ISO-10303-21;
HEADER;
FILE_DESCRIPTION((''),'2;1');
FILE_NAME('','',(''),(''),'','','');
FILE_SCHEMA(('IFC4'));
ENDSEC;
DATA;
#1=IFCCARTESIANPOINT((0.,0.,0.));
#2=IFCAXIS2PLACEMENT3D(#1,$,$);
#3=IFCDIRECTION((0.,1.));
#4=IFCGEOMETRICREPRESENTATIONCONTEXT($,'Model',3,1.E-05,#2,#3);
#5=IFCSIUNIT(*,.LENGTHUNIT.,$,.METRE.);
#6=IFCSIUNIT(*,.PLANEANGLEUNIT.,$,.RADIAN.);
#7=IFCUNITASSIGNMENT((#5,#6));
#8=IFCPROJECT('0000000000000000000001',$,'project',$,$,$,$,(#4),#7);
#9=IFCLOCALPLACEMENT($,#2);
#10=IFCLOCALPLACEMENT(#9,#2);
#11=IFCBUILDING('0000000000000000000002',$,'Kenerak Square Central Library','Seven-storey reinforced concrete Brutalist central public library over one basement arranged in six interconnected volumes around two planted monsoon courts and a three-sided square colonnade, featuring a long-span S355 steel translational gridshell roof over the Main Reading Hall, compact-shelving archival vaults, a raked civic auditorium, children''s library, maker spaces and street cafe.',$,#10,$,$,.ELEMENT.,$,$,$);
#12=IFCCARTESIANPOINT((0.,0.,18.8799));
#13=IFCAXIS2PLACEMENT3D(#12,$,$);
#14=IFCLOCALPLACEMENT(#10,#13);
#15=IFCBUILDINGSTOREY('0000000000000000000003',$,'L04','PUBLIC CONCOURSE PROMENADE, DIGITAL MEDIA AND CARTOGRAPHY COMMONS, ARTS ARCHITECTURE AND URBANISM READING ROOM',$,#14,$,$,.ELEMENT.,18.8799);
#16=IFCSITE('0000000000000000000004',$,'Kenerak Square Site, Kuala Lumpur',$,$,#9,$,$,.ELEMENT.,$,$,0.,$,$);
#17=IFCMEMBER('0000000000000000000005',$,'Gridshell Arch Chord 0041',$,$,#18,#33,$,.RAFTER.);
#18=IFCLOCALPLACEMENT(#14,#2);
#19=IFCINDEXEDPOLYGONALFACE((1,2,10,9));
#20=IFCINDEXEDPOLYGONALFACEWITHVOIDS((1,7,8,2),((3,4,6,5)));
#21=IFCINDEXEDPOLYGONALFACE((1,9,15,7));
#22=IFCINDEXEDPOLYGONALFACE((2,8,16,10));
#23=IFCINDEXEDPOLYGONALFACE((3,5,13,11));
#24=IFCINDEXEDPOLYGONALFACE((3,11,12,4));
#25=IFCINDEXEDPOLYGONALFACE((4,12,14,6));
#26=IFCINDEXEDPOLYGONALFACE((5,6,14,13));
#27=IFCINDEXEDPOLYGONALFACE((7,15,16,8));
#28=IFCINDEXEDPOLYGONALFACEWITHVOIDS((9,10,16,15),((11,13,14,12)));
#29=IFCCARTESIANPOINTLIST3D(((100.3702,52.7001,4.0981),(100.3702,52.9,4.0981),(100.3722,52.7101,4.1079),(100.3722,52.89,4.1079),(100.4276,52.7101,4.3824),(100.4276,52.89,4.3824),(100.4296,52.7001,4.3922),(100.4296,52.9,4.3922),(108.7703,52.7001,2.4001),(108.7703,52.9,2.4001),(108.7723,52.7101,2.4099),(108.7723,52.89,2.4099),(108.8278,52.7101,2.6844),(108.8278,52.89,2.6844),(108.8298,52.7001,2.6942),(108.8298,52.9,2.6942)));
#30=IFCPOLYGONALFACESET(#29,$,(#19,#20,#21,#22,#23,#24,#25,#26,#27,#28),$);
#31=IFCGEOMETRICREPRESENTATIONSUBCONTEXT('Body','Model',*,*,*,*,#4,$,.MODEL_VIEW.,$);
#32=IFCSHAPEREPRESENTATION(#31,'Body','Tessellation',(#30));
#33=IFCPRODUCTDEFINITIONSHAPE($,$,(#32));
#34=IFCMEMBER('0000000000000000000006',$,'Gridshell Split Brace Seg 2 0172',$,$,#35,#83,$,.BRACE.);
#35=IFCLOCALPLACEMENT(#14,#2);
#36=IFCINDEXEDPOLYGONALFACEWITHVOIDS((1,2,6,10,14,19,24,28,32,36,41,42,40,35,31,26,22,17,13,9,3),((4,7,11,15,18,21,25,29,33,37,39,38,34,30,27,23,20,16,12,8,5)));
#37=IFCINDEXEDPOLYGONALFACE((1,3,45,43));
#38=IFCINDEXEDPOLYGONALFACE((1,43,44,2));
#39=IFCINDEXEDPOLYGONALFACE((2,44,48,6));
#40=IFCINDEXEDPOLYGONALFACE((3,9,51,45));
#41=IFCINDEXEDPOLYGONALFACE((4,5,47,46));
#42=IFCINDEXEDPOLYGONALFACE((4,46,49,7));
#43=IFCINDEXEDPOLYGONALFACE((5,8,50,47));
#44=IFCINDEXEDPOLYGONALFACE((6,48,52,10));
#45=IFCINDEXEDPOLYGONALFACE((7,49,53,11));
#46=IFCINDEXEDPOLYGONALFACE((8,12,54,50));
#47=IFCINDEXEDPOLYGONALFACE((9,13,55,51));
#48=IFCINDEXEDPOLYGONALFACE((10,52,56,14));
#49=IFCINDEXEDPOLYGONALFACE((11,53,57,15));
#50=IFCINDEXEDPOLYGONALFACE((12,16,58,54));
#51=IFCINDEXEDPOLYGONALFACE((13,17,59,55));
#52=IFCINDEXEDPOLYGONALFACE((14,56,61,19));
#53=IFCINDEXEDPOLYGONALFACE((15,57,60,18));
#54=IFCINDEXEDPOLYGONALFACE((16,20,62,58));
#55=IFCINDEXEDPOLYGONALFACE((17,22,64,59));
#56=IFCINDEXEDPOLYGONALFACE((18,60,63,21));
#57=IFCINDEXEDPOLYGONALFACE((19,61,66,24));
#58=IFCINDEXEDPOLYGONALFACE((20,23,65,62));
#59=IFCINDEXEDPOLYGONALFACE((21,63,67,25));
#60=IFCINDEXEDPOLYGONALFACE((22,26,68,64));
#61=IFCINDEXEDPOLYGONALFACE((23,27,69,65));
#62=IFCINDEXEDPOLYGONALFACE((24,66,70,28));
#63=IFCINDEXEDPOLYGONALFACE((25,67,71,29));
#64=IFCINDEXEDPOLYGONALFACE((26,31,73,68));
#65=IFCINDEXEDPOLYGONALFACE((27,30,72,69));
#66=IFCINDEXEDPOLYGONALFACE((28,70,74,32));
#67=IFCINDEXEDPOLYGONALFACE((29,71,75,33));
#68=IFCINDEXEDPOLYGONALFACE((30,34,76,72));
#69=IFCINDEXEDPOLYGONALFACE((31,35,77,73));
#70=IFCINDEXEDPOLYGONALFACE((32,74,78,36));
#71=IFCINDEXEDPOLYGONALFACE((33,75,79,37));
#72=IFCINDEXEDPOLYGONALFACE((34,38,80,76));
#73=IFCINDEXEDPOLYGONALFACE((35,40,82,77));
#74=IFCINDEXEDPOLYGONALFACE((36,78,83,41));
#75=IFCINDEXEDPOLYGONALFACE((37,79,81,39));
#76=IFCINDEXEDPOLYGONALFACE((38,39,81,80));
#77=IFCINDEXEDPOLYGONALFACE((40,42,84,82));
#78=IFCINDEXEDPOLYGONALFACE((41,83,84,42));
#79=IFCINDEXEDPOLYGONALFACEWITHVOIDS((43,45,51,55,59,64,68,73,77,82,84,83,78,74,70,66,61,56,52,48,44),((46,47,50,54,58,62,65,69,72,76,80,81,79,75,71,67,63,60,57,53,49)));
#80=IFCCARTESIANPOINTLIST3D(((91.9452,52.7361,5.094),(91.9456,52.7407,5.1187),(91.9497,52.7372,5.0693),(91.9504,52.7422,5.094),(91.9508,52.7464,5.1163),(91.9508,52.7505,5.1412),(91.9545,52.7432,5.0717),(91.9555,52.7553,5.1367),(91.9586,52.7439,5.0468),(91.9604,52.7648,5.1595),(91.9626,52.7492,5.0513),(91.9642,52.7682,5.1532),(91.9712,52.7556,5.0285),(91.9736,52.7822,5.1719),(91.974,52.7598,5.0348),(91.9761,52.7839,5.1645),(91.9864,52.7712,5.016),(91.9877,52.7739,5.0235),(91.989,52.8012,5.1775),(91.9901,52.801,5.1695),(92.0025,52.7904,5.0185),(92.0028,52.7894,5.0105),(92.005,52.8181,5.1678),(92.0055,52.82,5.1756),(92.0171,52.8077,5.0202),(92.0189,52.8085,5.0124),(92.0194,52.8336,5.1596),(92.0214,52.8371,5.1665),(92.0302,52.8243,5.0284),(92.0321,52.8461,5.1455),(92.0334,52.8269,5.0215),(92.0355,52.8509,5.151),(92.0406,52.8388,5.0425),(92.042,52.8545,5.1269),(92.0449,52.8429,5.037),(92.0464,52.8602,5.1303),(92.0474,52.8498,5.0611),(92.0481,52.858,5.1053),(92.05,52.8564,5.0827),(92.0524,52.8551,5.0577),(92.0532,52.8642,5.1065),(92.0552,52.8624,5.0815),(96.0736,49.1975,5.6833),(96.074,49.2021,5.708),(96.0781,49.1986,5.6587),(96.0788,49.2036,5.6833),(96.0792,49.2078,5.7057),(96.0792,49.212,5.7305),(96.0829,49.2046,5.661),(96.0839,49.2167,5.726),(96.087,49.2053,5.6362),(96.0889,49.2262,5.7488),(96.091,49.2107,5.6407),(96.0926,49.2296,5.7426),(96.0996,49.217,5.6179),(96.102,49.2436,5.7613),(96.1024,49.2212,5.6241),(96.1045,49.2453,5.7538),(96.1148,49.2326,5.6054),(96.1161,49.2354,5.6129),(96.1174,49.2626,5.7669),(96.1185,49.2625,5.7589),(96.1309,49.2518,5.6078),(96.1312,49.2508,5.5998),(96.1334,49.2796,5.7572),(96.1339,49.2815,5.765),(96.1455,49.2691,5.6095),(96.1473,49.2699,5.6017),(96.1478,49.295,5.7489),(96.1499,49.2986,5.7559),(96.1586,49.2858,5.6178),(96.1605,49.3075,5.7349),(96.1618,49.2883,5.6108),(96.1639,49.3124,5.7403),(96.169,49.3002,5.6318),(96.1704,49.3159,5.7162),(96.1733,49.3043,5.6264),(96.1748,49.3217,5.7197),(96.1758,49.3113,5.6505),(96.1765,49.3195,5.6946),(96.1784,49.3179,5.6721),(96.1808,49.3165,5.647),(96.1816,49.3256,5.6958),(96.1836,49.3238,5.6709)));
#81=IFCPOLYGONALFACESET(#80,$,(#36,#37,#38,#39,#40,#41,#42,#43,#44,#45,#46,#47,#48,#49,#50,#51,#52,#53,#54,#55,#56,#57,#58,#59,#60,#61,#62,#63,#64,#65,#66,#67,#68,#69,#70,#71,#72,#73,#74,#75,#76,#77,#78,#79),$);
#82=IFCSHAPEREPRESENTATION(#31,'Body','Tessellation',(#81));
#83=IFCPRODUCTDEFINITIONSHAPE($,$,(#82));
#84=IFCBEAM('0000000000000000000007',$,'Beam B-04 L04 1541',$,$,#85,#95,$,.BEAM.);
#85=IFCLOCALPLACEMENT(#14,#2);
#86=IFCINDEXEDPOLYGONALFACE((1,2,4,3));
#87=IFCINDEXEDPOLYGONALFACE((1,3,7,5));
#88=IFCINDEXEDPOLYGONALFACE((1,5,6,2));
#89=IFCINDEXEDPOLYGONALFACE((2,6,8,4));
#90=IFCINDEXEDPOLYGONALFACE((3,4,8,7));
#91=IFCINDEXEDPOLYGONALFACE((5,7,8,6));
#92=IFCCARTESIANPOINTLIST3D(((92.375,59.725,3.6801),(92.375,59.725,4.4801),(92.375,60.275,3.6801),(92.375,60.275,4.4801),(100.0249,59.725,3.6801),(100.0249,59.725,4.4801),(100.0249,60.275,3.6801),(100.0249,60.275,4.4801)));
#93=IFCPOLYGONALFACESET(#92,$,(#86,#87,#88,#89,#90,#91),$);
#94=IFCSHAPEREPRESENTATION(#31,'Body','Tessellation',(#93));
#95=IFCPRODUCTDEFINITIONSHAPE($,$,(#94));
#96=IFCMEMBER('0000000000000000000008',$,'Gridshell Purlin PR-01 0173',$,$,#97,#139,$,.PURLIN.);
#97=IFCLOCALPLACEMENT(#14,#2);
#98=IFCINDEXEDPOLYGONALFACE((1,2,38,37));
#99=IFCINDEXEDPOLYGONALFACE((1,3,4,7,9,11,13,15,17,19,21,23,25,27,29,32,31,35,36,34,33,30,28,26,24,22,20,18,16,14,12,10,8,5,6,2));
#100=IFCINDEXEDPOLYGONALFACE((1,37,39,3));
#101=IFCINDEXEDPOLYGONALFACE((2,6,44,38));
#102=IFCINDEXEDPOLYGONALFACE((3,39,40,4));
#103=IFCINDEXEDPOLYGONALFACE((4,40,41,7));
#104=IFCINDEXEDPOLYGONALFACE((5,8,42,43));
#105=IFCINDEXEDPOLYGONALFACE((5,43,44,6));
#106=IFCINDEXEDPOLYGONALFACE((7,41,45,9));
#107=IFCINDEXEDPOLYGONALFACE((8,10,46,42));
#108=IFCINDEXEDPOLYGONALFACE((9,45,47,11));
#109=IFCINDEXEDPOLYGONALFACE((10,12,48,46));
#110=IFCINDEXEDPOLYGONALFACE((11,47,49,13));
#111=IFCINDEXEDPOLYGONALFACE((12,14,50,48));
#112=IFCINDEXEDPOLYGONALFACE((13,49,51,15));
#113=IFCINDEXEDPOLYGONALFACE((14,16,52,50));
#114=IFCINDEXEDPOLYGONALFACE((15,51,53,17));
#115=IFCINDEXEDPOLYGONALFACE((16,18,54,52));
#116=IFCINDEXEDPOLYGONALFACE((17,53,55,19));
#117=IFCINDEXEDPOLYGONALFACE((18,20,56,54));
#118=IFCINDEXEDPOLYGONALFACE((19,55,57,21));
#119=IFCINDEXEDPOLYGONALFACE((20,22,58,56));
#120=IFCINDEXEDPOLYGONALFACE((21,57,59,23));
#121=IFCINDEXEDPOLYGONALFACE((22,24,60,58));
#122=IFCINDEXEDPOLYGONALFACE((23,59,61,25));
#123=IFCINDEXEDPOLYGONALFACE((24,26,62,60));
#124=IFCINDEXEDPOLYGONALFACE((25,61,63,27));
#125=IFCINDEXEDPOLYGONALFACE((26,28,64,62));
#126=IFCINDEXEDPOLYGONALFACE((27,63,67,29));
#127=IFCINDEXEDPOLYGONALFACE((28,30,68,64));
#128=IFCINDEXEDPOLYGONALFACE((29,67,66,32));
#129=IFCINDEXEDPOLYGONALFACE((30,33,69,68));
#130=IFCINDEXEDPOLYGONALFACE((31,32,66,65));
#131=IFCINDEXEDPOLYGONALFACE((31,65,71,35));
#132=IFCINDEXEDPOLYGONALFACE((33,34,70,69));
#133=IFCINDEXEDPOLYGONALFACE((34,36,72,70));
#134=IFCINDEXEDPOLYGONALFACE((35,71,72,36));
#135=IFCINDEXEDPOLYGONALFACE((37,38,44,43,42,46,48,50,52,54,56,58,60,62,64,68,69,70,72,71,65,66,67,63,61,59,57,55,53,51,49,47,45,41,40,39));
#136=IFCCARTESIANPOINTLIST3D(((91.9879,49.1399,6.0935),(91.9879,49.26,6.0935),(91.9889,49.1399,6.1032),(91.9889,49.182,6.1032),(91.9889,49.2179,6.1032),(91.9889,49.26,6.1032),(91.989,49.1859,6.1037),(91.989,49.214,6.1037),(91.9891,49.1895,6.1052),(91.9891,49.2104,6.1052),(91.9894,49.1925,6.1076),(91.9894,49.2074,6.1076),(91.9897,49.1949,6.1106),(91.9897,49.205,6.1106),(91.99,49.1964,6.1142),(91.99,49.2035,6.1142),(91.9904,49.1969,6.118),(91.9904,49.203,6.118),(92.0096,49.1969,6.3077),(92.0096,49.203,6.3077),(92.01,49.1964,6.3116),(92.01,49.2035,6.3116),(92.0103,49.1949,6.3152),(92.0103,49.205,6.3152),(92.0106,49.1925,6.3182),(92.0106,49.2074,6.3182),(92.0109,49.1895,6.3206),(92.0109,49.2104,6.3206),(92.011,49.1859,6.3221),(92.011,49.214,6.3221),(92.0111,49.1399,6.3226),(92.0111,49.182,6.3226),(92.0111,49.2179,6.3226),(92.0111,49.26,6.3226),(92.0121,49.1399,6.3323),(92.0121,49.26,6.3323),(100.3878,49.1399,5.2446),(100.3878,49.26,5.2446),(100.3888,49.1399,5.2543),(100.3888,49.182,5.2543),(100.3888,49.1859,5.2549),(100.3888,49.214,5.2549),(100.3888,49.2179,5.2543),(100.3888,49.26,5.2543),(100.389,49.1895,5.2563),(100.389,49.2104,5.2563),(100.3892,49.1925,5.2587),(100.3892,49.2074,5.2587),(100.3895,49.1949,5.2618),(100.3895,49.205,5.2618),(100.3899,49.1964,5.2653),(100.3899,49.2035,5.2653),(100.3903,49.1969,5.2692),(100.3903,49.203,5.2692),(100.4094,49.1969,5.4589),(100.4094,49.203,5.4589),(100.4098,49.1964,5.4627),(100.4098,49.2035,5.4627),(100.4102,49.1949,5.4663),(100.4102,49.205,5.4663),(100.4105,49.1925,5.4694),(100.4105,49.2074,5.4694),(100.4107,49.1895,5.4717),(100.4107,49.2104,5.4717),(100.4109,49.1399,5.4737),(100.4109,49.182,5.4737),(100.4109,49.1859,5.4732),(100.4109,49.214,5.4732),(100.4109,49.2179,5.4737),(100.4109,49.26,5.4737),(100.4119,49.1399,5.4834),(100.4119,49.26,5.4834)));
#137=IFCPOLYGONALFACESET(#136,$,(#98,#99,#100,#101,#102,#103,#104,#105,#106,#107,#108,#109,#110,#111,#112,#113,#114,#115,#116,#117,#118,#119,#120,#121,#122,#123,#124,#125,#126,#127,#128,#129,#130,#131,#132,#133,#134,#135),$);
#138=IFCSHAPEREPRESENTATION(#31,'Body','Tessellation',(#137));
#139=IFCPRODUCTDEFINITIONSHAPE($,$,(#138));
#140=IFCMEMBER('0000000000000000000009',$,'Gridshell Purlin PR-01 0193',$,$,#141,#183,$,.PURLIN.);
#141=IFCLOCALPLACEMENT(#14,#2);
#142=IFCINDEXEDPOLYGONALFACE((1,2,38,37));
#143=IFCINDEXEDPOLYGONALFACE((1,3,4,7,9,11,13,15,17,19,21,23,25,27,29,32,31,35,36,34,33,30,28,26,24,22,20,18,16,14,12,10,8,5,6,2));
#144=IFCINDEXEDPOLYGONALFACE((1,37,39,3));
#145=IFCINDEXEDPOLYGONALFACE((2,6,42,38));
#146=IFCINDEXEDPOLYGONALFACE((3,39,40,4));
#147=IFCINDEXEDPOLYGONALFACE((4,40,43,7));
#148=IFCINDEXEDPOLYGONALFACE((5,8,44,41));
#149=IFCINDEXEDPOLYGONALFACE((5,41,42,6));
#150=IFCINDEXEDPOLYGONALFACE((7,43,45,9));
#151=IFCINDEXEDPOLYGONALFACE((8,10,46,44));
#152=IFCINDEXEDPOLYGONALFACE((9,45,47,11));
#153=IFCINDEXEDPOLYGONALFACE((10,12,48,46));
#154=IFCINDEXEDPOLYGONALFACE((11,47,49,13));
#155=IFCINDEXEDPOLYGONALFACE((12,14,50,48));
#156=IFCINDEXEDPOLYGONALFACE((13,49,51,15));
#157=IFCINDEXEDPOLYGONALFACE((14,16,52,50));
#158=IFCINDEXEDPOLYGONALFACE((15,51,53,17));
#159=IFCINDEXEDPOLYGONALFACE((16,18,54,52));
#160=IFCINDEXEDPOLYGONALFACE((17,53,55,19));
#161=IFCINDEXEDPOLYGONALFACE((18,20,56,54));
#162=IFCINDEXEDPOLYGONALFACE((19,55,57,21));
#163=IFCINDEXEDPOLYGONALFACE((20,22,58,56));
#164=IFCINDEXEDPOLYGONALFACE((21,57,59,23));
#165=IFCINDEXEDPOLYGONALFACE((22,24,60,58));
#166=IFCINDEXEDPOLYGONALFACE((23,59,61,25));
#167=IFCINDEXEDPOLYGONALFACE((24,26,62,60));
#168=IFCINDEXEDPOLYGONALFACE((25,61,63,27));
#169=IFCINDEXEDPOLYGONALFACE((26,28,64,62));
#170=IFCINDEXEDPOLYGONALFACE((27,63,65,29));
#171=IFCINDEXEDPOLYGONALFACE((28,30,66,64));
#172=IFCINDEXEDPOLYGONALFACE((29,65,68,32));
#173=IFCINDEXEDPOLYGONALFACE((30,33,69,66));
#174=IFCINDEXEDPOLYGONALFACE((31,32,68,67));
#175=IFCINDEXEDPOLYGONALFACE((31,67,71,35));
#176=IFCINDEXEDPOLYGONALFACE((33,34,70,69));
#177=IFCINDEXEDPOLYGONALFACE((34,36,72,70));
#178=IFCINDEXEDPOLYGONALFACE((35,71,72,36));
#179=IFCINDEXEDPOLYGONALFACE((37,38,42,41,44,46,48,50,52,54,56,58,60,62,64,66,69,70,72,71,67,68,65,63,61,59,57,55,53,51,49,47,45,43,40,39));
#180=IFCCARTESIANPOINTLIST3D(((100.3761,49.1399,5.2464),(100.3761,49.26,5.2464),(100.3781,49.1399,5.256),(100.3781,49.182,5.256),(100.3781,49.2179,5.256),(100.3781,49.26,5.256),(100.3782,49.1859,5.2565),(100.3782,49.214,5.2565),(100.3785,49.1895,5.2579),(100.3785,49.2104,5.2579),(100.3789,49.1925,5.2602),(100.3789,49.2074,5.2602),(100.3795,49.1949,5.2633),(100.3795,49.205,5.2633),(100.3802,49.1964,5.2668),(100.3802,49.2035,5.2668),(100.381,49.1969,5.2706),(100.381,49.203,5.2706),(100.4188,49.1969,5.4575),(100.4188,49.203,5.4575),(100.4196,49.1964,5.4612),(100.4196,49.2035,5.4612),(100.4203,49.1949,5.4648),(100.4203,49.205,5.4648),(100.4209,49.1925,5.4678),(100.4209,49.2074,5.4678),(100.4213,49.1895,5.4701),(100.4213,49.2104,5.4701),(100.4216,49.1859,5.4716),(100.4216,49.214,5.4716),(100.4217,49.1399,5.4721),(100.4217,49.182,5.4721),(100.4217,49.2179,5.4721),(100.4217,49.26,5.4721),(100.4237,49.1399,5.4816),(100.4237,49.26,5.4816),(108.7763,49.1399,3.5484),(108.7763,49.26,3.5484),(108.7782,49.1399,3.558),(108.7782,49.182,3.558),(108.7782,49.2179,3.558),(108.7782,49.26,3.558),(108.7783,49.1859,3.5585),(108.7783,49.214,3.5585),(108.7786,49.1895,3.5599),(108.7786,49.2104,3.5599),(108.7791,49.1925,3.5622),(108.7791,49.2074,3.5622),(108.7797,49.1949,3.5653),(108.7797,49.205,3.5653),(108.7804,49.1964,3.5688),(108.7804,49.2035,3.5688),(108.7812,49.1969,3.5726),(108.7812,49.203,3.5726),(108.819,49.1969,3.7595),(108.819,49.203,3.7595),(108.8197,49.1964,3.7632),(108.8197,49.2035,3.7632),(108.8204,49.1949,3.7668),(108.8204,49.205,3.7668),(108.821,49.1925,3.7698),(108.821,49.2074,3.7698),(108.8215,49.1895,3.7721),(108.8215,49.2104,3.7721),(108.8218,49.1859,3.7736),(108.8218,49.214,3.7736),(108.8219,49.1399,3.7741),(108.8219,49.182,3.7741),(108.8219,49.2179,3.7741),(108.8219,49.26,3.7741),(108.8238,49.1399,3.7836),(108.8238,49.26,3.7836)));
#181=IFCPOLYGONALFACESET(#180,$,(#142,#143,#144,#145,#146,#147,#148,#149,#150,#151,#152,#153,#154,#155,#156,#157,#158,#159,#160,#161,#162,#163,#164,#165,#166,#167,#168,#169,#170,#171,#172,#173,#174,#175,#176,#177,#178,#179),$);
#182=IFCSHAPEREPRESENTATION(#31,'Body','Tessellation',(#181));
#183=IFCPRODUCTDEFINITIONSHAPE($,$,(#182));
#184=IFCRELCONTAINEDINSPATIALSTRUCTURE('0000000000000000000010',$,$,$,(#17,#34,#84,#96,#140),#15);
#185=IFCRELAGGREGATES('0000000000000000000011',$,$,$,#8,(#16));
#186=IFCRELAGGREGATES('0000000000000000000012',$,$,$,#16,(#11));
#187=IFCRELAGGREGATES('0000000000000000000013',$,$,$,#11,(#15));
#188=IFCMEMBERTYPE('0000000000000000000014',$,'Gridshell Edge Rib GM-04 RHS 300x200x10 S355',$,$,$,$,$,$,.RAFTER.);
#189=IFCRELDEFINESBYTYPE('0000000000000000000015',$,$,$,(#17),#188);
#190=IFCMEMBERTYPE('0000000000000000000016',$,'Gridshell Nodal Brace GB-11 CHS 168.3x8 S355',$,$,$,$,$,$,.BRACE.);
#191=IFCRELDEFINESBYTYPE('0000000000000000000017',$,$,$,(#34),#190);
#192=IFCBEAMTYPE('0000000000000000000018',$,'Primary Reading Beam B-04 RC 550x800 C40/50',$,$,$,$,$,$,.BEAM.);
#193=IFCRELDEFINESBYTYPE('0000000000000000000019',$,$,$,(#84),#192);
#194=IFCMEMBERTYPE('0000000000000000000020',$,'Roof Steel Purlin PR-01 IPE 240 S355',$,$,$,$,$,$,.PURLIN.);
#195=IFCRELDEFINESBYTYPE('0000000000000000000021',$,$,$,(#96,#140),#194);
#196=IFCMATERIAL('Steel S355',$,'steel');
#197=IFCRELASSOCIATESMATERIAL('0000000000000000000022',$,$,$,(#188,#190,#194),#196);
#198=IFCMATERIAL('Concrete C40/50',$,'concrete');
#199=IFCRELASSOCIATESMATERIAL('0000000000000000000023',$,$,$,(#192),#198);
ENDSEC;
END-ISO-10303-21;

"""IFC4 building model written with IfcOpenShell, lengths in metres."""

from ifc_helpers import new_model, si_unit, direction, frame, origin, origin_2d, place, context, subcontext, project, spatial, rectangle, hollow_rectangle, hollow_circle, i_section, extrude, material, material_profile, profile_set, type_object, element, save


model = new_model("IFC4")

# Units and contexts
model_context = context("Model", 3, precision=1e-05, world=origin(), true_north=direction((0.0, 1.0)))
body_context = subcontext(model_context, "Body", "Model", "MODEL_VIEW")
ifc_project = project(units=[si_unit("LENGTHUNIT", "METRE"), si_unit("PLANEANGLEUNIT", "RADIAN")], contexts=[model_context])

# Site, building, storey
site_placement = place(None, origin())
site = spatial("IfcSite", under=ifc_project, at=site_placement, Name="Kenerak Square Site, Kuala Lumpur", CompositionType="ELEMENT", RefElevation=0.0)
building_placement = place(site_placement, origin())
building = spatial("IfcBuilding", under=site, at=building_placement, Name="Kenerak Square Central Library", Description="Seven-storey reinforced concrete Brutalist central public library over one basement arranged in six interconnected volumes around two planted monsoon courts and a three-sided square colonnade, featuring a long-span S355 steel translational gridshell roof over the Main Reading Hall, compact-shelving archival vaults, a raked civic auditorium, children's library, maker spaces and street cafe.", CompositionType="ELEMENT")
storey_placement = place(building_placement, frame((0.0, 0.0, 18.8799)))
storey = spatial("IfcBuildingStorey", under=building, at=storey_placement, Name="L04", Description="PUBLIC CONCOURSE PROMENADE, DIGITAL MEDIA AND CARTOGRAPHY COMMONS, ARTS ARCHITECTURE AND URBANISM READING ROOM", CompositionType="ELEMENT", Elevation=18.8799)

# Shared definitions
ifc_material_1 = material(Name="Concrete C40/50", Category="concrete")

# Members
ifc_material_2 = material(Name="Steel S355", Category="steel")
ifc_material_profile_1 = material_profile(ifc_material_2, hollow_rectangle(XDim=0.2, YDim=0.3, WallThickness=0.01, at=origin_2d()), Name="RHS 300x200x10.0")
ifc_profile_set_1 = profile_set([ifc_material_profile_1], Name="Steel S355")
member_type_1 = type_object("IfcMemberType", Name="Gridshell Edge Rib GM-04 RHS 300x200x10 S355", PredefinedType="RAFTER", material=ifc_profile_set_1)
member_1_placement = place(storey_placement, frame((100.3999, 52.8, 4.2451), z_axis=(0.980175, 0.0, -0.198132), x_axis=(0.0, 1.0, 0.0)))
element("IfcMember", 1, at=member_1_placement, inside=storey, type_object=member_type_1, Name="Gridshell Arch Chord 0041", PredefinedType="RAFTER", context=body_context, shape_type="SweptSolid", body=[
    extrude(hollow_rectangle(XDim=0.2, YDim=0.3, WallThickness=0.01, at=origin_2d()), origin(), (0.0, 0.0, 1.0), 8.5701),
])
ifc_material_profile_2 = material_profile(ifc_material_2, hollow_circle(Radius=0.0842, WallThickness=0.0081, at=origin_2d()), Name="CHS 168.3x8.0")
ifc_profile_set_2 = profile_set([ifc_material_profile_2], Name="Steel S355")
member_type_2 = type_object("IfcMemberType", Name="Gridshell Nodal Brace GB-11 CHS 168.3x8 S355", PredefinedType="BRACE", material=ifc_profile_set_2)
member_2_placement = place(storey_placement, frame((96.1284, 49.2615, 5.6833), z_axis=(-0.754842, 0.646995, -0.107758), x_axis=(-0.650784, -0.759263, 0.0)))
element("IfcMember", 2, at=member_2_placement, inside=storey, type_object=member_type_2, Name="Gridshell Split Brace Seg 2 0172", PredefinedType="BRACE", context=body_context, shape_type="SweptSolid", body=[
    extrude(hollow_circle(Radius=0.0842, WallThickness=0.0081, at=origin_2d()), origin(), (0.0, 0.0, 1.0), 5.4692),
])

# Beam
ifc_material_profile_3 = material_profile(ifc_material_1, rectangle(XDim=0.55, YDim=0.8, at=origin_2d()), Name="RC 550x800")
ifc_profile_set_3 = profile_set([ifc_material_profile_3], Name="Concrete C40/50")
beam_type_1 = type_object("IfcBeamType", Name="Primary Reading Beam B-04 RC 550x800 C40/50", PredefinedType="BEAM", material=ifc_profile_set_3)
beam_1_placement = place(storey_placement, frame((92.375, 60.0, 4.0801), z_axis=(1.0, 0.0, 0.0), x_axis=(0.0, 1.0, 0.0)))
element("IfcBeam", 3, at=beam_1_placement, inside=storey, type_object=beam_type_1, Name="Beam B-04 L04 1541", PredefinedType="BEAM", context=body_context, shape_type="SweptSolid", body=[
    extrude(rectangle(XDim=0.55, YDim=0.8, at=origin_2d()), origin(), (0.0, 0.0, 1.0), 7.6499),
])

# Members
ifc_material_profile_4 = material_profile(ifc_material_2, i_section(OverallWidth=0.1201, OverallDepth=0.24, WebThickness=0.0061, FlangeThickness=0.0098, FilletRadius=0.0149, at=origin_2d()), Name="IPE 240")
ifc_profile_set_4 = profile_set([ifc_material_profile_4], Name="Steel S355")
member_type_3 = type_object("IfcMemberType", Name="Roof Steel Purlin PR-01 IPE 240 S355", PredefinedType="PURLIN", material=ifc_profile_set_4)
member_3_placement = place(storey_placement, frame((92.0, 49.2, 6.2129), z_axis=(0.994932, 0.0, -0.100546), x_axis=(0.0, 1.0, 0.0)))
element("IfcMember", 4, at=member_3_placement, inside=storey, type_object=member_type_3, Name="Gridshell Purlin PR-01 0173", PredefinedType="PURLIN", context=body_context, shape_type="SweptSolid", body=[
    extrude(i_section(OverallWidth=0.1201, OverallDepth=0.24, WebThickness=0.0061, FlangeThickness=0.0098, FilletRadius=0.0149, at=origin_2d()), origin(), (0.0, 0.0, 1.0), 8.4426),
])
member_4_placement = place(storey_placement, frame((100.3999, 49.2, 5.364), z_axis=(0.980175, 0.0, -0.198132), x_axis=(0.0, 1.0, 0.0)))
element("IfcMember", 5, at=member_4_placement, inside=storey, type_object=member_type_3, Name="Gridshell Purlin PR-01 0193", PredefinedType="PURLIN", context=body_context, shape_type="SweptSolid", body=[
    extrude(i_section(OverallWidth=0.1201, OverallDepth=0.24, WebThickness=0.0061, FlangeThickness=0.0098, FilletRadius=0.0149, at=origin_2d()), origin(), (0.0, 0.0, 1.0), 8.5701),
])

save(model, "model.ifc")
